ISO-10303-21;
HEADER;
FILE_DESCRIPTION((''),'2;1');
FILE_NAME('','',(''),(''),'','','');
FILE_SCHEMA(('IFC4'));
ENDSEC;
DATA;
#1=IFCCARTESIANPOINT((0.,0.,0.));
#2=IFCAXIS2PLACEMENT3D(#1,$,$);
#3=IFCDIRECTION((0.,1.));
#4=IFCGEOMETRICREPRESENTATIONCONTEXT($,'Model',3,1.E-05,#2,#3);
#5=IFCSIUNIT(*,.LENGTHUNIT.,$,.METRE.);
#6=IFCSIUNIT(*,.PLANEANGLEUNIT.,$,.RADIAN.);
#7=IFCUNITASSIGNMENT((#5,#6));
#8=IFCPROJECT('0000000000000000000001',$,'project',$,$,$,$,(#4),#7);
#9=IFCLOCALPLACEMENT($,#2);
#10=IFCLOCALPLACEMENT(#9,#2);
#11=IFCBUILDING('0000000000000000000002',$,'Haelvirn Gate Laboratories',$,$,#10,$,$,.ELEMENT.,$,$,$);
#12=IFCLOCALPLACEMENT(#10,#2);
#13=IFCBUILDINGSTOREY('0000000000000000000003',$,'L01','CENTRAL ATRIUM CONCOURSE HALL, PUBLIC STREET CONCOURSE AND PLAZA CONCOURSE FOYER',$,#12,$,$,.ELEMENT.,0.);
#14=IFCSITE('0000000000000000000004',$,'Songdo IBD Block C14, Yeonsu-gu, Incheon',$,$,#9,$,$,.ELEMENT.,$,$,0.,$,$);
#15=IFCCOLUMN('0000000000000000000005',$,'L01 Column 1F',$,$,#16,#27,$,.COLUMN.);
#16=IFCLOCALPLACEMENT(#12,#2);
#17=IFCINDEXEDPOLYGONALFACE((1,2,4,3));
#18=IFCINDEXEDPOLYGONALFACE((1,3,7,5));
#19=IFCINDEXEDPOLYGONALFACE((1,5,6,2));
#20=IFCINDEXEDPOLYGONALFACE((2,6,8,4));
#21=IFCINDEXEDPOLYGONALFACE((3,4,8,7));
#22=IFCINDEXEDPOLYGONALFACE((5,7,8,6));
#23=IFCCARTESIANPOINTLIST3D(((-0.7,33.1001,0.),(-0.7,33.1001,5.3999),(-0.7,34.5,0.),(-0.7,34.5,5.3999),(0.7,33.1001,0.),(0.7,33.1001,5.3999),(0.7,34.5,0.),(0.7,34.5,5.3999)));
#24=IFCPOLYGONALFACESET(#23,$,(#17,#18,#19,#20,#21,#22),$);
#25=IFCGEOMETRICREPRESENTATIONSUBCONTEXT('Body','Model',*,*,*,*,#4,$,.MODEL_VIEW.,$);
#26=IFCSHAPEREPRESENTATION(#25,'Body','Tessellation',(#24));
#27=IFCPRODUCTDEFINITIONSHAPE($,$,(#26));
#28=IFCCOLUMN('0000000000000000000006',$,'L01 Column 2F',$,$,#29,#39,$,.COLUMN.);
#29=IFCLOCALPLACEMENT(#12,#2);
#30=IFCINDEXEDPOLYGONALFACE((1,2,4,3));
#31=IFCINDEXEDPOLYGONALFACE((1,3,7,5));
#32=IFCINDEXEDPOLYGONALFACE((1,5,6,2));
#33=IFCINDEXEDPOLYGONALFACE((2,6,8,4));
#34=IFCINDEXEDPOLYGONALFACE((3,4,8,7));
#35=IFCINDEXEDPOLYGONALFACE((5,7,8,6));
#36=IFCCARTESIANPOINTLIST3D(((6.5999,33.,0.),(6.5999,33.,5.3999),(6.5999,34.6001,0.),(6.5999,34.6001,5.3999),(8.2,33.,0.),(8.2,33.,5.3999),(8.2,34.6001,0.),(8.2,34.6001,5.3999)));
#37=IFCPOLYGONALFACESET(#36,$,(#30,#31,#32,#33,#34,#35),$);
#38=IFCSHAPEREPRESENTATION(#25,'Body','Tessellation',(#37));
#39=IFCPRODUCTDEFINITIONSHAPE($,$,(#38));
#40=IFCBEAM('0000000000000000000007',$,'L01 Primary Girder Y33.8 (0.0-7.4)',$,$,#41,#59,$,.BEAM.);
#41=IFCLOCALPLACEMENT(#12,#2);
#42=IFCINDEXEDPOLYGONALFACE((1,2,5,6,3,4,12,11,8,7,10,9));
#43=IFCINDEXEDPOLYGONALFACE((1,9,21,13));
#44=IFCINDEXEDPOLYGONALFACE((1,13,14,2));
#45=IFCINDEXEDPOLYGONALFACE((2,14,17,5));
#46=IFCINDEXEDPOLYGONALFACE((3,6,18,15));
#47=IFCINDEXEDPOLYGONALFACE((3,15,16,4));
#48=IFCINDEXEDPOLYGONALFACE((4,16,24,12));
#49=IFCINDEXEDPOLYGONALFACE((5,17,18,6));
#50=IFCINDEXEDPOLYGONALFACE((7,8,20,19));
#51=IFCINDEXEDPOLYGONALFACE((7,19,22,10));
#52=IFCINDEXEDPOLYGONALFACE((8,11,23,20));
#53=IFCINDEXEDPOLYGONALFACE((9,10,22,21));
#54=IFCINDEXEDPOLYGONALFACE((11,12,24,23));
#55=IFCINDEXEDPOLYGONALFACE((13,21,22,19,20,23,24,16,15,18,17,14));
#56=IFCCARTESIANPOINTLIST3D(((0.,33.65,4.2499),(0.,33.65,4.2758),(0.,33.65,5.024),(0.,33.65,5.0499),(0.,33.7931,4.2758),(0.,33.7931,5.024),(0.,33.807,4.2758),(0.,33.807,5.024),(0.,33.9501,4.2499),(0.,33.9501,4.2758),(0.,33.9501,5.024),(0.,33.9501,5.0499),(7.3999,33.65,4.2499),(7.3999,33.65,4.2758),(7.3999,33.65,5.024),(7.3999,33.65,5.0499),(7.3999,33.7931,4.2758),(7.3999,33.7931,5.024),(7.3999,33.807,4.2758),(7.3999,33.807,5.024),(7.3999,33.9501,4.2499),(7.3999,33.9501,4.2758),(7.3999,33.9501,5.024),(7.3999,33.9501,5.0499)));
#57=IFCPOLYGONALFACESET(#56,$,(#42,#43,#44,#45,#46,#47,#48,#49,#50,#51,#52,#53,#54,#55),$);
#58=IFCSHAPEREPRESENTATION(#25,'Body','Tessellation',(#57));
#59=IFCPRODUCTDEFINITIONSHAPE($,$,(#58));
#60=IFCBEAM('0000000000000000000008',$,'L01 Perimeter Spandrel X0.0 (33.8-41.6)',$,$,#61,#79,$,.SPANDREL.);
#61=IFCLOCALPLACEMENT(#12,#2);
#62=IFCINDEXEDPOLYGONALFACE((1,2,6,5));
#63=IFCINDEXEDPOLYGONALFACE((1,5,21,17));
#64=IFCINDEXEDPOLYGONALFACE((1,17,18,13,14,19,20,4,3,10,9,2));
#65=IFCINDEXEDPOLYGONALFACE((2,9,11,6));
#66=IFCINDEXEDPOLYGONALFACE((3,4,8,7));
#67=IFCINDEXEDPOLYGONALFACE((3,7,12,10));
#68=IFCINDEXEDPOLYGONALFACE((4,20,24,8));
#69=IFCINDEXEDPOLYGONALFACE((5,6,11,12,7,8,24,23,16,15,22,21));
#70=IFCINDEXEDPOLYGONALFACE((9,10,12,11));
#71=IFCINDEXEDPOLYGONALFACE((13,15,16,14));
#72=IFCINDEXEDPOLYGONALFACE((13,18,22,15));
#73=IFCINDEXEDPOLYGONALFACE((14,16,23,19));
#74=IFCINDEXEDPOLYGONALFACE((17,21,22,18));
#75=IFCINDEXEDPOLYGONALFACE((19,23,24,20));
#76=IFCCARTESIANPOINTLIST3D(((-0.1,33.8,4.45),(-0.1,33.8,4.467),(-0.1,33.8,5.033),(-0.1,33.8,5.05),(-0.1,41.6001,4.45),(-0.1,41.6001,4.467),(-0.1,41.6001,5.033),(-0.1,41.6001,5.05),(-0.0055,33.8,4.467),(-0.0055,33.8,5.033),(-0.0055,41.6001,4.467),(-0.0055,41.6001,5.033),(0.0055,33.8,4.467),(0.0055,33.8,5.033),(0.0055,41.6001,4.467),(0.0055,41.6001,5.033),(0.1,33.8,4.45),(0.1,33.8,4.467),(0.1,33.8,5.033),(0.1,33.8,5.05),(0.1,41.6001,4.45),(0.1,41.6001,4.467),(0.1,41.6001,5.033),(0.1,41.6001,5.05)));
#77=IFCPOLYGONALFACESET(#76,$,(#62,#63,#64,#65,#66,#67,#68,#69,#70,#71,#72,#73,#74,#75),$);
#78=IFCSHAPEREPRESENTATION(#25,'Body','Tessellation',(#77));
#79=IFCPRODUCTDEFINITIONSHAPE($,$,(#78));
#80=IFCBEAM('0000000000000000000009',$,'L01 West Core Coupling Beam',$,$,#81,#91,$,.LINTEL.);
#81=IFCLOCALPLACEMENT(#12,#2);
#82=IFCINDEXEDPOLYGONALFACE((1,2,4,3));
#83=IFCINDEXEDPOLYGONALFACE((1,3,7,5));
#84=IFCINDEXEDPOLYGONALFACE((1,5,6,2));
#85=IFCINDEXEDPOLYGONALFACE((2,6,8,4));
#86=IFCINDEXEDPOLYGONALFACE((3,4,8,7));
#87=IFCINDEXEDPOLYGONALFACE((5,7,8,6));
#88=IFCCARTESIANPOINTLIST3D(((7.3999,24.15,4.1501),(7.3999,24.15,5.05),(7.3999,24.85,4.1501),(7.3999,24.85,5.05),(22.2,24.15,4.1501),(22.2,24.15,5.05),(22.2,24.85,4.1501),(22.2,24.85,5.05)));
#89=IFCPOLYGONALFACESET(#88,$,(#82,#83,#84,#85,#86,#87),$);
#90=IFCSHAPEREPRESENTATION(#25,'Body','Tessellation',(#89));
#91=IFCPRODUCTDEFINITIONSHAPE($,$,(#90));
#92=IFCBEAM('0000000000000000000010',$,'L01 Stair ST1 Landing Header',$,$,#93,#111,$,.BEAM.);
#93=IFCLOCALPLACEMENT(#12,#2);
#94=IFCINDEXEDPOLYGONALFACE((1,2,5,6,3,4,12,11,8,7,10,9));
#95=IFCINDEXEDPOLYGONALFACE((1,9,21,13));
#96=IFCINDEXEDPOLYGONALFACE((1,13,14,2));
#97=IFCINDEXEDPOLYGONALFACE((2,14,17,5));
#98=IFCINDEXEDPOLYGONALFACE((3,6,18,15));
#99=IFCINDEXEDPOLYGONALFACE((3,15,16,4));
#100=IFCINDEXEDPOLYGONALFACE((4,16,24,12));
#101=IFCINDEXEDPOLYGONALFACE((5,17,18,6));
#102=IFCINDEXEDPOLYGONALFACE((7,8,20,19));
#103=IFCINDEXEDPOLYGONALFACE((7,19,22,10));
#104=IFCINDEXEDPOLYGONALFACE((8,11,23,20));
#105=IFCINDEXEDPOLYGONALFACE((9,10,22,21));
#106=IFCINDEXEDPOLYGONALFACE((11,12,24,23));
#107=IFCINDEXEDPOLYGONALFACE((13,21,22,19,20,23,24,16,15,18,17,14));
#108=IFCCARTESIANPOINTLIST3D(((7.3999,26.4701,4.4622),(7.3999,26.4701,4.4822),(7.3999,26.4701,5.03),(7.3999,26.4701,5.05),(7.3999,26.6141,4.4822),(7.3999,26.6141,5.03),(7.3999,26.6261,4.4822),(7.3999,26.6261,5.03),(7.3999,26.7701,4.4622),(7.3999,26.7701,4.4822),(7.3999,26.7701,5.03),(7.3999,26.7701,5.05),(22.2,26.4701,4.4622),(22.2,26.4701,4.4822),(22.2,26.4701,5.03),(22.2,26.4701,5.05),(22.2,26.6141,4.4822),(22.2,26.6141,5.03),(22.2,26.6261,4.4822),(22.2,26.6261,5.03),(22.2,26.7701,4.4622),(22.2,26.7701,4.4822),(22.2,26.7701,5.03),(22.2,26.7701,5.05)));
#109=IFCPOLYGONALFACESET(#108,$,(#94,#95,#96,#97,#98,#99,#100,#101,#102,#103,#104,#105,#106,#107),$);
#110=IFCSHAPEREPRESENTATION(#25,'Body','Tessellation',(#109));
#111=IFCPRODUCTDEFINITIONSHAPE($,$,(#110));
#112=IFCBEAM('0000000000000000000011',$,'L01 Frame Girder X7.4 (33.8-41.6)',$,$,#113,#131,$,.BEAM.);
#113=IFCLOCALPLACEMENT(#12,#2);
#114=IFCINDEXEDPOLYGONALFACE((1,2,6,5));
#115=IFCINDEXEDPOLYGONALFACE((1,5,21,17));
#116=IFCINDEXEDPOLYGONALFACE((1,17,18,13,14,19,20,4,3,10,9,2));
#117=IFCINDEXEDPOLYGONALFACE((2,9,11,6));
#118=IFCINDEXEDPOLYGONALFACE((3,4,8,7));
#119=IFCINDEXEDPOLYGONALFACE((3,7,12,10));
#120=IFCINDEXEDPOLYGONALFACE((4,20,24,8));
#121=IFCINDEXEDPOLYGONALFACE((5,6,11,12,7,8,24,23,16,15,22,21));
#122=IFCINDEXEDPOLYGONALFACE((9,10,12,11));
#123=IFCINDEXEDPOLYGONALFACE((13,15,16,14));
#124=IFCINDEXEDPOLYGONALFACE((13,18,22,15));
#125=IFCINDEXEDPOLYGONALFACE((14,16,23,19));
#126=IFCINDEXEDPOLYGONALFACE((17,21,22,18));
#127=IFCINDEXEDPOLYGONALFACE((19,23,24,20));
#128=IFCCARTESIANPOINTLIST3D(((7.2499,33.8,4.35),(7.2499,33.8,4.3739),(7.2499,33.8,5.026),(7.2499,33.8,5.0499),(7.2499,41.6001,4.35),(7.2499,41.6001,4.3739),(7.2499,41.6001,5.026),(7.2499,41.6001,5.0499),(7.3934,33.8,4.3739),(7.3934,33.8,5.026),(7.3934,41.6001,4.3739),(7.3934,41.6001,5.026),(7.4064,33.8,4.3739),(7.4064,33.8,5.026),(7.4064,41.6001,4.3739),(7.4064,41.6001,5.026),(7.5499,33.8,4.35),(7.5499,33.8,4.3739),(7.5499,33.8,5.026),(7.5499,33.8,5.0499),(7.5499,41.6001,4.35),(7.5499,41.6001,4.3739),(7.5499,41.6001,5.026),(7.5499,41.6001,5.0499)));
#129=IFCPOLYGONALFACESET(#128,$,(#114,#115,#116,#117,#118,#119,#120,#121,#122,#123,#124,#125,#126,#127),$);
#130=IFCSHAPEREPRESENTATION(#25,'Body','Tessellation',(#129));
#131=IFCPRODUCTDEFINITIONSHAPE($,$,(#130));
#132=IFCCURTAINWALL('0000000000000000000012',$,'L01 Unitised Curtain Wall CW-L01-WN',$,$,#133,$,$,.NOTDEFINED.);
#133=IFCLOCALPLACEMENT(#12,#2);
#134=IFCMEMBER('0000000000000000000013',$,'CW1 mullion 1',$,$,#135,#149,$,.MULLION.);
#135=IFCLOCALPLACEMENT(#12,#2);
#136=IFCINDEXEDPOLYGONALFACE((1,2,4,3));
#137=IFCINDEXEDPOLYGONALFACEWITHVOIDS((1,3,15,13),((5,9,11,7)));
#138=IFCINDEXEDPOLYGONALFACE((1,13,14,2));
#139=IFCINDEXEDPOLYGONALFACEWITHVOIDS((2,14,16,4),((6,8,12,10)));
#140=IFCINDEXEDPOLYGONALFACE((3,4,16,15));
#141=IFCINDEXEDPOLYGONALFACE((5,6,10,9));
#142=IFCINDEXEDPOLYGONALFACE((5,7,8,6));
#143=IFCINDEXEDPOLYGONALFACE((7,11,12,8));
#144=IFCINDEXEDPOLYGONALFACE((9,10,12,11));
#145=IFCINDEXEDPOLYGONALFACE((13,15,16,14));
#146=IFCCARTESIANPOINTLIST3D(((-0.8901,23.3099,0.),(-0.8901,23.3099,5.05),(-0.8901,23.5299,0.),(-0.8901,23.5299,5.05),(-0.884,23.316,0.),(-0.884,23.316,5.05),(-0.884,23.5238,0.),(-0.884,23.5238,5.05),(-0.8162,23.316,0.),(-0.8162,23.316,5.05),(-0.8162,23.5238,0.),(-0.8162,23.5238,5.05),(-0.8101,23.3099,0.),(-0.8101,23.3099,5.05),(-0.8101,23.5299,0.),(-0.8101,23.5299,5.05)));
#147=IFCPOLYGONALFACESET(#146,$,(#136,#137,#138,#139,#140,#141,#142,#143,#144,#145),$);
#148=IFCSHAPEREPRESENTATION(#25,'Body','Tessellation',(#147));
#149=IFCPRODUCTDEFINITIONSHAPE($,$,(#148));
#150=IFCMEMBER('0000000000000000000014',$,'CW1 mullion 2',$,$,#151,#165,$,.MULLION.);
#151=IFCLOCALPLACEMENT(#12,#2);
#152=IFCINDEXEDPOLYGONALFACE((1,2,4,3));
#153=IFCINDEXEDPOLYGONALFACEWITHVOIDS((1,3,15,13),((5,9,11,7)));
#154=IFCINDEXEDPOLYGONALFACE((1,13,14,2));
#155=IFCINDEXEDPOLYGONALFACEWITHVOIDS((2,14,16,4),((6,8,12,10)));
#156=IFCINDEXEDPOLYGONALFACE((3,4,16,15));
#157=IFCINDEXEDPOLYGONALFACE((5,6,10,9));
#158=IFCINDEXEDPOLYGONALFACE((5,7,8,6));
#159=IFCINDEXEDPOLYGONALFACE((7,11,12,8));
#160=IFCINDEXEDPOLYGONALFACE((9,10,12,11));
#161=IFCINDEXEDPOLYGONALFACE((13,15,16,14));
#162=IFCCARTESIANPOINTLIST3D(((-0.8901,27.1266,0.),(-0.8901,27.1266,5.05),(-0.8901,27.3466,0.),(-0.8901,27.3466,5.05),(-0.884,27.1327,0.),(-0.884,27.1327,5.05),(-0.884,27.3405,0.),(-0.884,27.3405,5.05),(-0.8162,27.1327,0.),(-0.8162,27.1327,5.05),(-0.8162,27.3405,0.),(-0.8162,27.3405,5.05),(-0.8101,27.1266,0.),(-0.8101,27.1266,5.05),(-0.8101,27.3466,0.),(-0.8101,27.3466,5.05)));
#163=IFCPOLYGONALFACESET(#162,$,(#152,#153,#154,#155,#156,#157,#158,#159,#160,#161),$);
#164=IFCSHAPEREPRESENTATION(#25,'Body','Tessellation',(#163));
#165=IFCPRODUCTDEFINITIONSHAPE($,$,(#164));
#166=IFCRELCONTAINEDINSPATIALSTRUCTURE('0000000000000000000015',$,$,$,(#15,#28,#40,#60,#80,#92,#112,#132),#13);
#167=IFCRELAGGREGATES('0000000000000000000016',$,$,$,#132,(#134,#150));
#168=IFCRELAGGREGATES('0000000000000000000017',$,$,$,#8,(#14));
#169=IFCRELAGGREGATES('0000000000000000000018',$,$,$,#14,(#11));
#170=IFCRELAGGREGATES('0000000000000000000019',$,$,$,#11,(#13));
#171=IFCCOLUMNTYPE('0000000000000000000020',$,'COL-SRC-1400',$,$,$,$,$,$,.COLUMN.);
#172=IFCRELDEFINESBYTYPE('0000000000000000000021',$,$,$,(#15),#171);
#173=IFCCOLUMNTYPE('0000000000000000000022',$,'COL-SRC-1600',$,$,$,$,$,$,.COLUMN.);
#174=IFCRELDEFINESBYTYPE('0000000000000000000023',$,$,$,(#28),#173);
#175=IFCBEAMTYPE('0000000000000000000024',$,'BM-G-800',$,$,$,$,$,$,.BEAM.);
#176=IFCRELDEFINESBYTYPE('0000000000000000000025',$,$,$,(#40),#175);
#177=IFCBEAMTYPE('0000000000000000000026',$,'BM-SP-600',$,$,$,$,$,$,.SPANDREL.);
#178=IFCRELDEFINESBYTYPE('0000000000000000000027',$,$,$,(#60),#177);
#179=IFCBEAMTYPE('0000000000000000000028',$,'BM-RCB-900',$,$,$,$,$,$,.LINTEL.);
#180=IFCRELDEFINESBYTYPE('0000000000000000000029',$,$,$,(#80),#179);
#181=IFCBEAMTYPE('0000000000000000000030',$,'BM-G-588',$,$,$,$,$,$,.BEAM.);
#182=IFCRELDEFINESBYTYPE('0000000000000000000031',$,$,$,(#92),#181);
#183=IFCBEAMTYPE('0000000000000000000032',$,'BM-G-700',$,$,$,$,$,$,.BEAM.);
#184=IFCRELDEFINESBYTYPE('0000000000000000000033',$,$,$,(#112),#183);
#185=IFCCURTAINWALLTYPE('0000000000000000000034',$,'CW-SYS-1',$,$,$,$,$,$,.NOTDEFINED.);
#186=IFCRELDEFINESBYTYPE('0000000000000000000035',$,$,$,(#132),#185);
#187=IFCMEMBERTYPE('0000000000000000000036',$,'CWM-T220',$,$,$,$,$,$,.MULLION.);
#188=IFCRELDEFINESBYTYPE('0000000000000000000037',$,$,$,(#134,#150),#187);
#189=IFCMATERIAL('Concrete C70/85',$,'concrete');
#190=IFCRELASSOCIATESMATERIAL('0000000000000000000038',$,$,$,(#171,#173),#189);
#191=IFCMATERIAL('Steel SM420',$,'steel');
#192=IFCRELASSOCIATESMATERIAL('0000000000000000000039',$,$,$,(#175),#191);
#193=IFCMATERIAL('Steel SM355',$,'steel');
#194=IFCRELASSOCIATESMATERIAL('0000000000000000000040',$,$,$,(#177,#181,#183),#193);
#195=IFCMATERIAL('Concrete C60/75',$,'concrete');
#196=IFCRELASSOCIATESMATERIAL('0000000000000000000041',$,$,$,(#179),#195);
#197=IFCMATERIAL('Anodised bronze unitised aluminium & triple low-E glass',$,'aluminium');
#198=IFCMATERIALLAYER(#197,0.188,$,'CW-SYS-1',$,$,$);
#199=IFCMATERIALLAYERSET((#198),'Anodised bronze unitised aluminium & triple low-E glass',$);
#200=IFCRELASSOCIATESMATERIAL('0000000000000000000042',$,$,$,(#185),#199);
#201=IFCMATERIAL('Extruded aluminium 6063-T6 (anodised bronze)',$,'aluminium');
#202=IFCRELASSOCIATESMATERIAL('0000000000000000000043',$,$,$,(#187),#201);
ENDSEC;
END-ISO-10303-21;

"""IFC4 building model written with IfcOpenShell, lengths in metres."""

from ifc_helpers import new_model, si_unit, direction, frame, origin, origin_2d, place, context, subcontext, project, spatial, rectangle, hollow_rectangle, i_section, extrude, source, transform, mapped, material, layer, layer_set, material_profile, profile_set, type_object, type_shapes, element, aggregate, save


model = new_model("IFC4")

# Units and contexts
model_context = context("Model", 3, precision=1e-05, world=origin(), true_north=direction((0.0, 1.0)))
body_context = subcontext(model_context, "Body", "Model", "MODEL_VIEW")
ifc_project = project(units=[si_unit("LENGTHUNIT", "METRE"), si_unit("PLANEANGLEUNIT", "RADIAN")], contexts=[model_context])

# Site, building, storey
site_placement = place(None, origin())
site = spatial("IfcSite", under=ifc_project, at=site_placement, Name="Songdo IBD Block C14, Yeonsu-gu, Incheon", CompositionType="ELEMENT", RefElevation=0.0)
building_placement = place(site_placement, origin())
building = spatial("IfcBuilding", under=site, at=building_placement, Name="Haelvirn Gate Laboratories", CompositionType="ELEMENT")
storey_placement = place(building_placement, origin())
storey = spatial("IfcBuildingStorey", under=building, at=storey_placement, Name="L01", Description="CENTRAL ATRIUM CONCOURSE HALL, PUBLIC STREET CONCOURSE AND PLAZA CONCOURSE FOYER", CompositionType="ELEMENT", Elevation=0.0)

# Columns
ifc_material_1 = material(Name="Concrete C70/85", Category="concrete")
ifc_material_profile_1 = material_profile(ifc_material_1, rectangle(XDim=1.3999, YDim=1.3999, at=origin_2d()), Name="SRC-1400x1400")
ifc_profile_set_1 = profile_set([ifc_material_profile_1], Name="Concrete C70/85")
column_type_1 = type_object("IfcColumnType", Name="COL-SRC-1400", PredefinedType="COLUMN", material=ifc_profile_set_1)
shared_shape_1 = source(origin(), body_context, "Body", "SweptSolid", [
    extrude(rectangle(XDim=1.3999, YDim=1.3999, at=origin_2d()), origin(), (0.0, 0.0, 1.0), 5.3999),
])
type_shapes(column_type_1, [shared_shape_1])
column_1_placement = place(storey_placement, frame((0.0, 33.8, 0.0), z_axis=(0.0, 0.0, 1.0), x_axis=(1.0, 0.0, 0.0)))
element("IfcColumn", 1, at=column_1_placement, inside=storey, type_object=column_type_1, Name="L01 Column 1F", PredefinedType="COLUMN", context=body_context, shape_type="MappedRepresentation", body=[
    mapped(shared_shape_1, transform((0.0, 0.0, 0.0), scale=1.0)),
])
ifc_material_profile_2 = material_profile(ifc_material_1, rectangle(XDim=1.6001, YDim=1.6001, at=origin_2d()), Name="SRC-1600x1600")
ifc_profile_set_2 = profile_set([ifc_material_profile_2], Name="Concrete C70/85")
column_type_2 = type_object("IfcColumnType", Name="COL-SRC-1600", PredefinedType="COLUMN", material=ifc_profile_set_2)
shared_shape_2 = source(origin(), body_context, "Body", "SweptSolid", [
    extrude(rectangle(XDim=1.6001, YDim=1.6001, at=origin_2d()), origin(), (0.0, 0.0, 1.0), 5.3999),
])
type_shapes(column_type_2, [shared_shape_2])
column_2_placement = place(storey_placement, frame((7.3999, 33.8, 0.0), z_axis=(0.0, 0.0, 1.0), x_axis=(1.0, 0.0, 0.0)))
element("IfcColumn", 2, at=column_2_placement, inside=storey, type_object=column_type_2, Name="L01 Column 2F", PredefinedType="COLUMN", context=body_context, shape_type="MappedRepresentation", body=[
    mapped(shared_shape_2, transform((0.0, 0.0, 0.0), scale=1.0)),
])

# Beams
ifc_material_2 = material(Name="Steel SM420", Category="steel")
ifc_material_profile_3 = material_profile(ifc_material_2, i_section(OverallWidth=0.3, OverallDepth=0.8, WebThickness=0.0139, FlangeThickness=0.0259, at=origin_2d()), Name="H-800x300x14x26")
ifc_profile_set_3 = profile_set([ifc_material_profile_3], Name="Steel SM420")
beam_type_1 = type_object("IfcBeamType", Name="BM-G-800", PredefinedType="BEAM", material=ifc_profile_set_3)
shared_shape_3 = source(origin(), body_context, "Body", "SweptSolid", [
    extrude(i_section(OverallWidth=0.3, OverallDepth=0.8, WebThickness=0.0139, FlangeThickness=0.0259, at=origin_2d()), origin(), (0.0, 0.0, 1.0), 7.3999),
])
type_shapes(beam_type_1, [shared_shape_3])
beam_1_placement = place(storey_placement, frame((0.0, 33.8, 4.6499), z_axis=(1.0, 0.0, 0.0), x_axis=(0.0, 1.0, 0.0)))
element("IfcBeam", 3, at=beam_1_placement, inside=storey, type_object=beam_type_1, Name="L01 Primary Girder Y33.8 (0.0-7.4)", PredefinedType="BEAM", context=body_context, shape_type="MappedRepresentation", body=[
    mapped(shared_shape_3, transform((0.0, 0.0, 0.0), scale=1.0)),
])
ifc_material_3 = material(Name="Steel SM355", Category="steel")
ifc_material_profile_4 = material_profile(ifc_material_3, i_section(OverallWidth=0.2, OverallDepth=0.6001, WebThickness=0.011, FlangeThickness=0.0171, at=origin_2d()), Name="H-600x200x11x17")
ifc_profile_set_4 = profile_set([ifc_material_profile_4], Name="Steel SM355")
beam_type_2 = type_object("IfcBeamType", Name="BM-SP-600", PredefinedType="SPANDREL", material=ifc_profile_set_4)
shared_shape_4 = source(origin(), body_context, "Body", "SweptSolid", [
    extrude(i_section(OverallWidth=0.2, OverallDepth=0.6001, WebThickness=0.011, FlangeThickness=0.0171, at=origin_2d()), origin(), (0.0, 0.0, 1.0), 7.8),
])
type_shapes(beam_type_2, [shared_shape_4])
beam_2_placement = place(storey_placement, frame((0.0, 33.8, 4.75), z_axis=(0.0, 1.0, 0.0), x_axis=(-1.0, 0.0, 0.0)))
element("IfcBeam", 4, at=beam_2_placement, inside=storey, type_object=beam_type_2, Name="L01 Perimeter Spandrel X0.0 (33.8-41.6)", PredefinedType="SPANDREL", context=body_context, shape_type="MappedRepresentation", body=[
    mapped(shared_shape_4, transform((0.0, 0.0, 0.0), scale=1.0)),
])
ifc_material_4 = material(Name="Concrete C60/75", Category="concrete")
ifc_material_profile_5 = material_profile(ifc_material_4, rectangle(XDim=0.7, YDim=0.8999, at=origin_2d()), Name="RCB-700x900")
ifc_profile_set_5 = profile_set([ifc_material_profile_5], Name="Concrete C60/75")
beam_type_3 = type_object("IfcBeamType", Name="BM-RCB-900", PredefinedType="LINTEL", material=ifc_profile_set_5)
shared_shape_5 = source(origin(), body_context, "Body", "SweptSolid", [
    extrude(rectangle(XDim=0.7, YDim=0.8999, at=origin_2d()), origin(), (0.0, 0.0, 1.0), 14.8),
])
type_shapes(beam_type_3, [shared_shape_5])
beam_3_placement = place(storey_placement, frame((7.3999, 24.5, 4.6001), z_axis=(1.0, 0.0, 0.0), x_axis=(0.0, 1.0, 0.0)))
element("IfcBeam", 5, at=beam_3_placement, inside=storey, type_object=beam_type_3, Name="L01 West Core Coupling Beam", PredefinedType="LINTEL", context=body_context, shape_type="MappedRepresentation", body=[
    mapped(shared_shape_5, transform((0.0, 0.0, 0.0), scale=1.0)),
])
ifc_material_profile_6 = material_profile(ifc_material_3, i_section(OverallWidth=0.3, OverallDepth=0.5879, WebThickness=0.012, FlangeThickness=0.02, at=origin_2d()), Name="H-588x300x12x20")
ifc_profile_set_6 = profile_set([ifc_material_profile_6], Name="Steel SM355")
beam_type_4 = type_object("IfcBeamType", Name="BM-G-588", PredefinedType="BEAM", material=ifc_profile_set_6)
shared_shape_6 = source(origin(), body_context, "Body", "SweptSolid", [
    extrude(i_section(OverallWidth=0.3, OverallDepth=0.5879, WebThickness=0.012, FlangeThickness=0.02, at=origin_2d()), origin(), (0.0, 0.0, 1.0), 14.8),
])
type_shapes(beam_type_4, [shared_shape_6])
beam_4_placement = place(storey_placement, frame((7.3999, 26.6201, 4.7561), z_axis=(1.0, 0.0, 0.0), x_axis=(0.0, 1.0, 0.0)))
element("IfcBeam", 6, at=beam_4_placement, inside=storey, type_object=beam_type_4, Name="L01 Stair ST1 Landing Header", PredefinedType="BEAM", context=body_context, shape_type="MappedRepresentation", body=[
    mapped(shared_shape_6, transform((0.0, 0.0, 0.0), scale=1.0)),
])
ifc_material_profile_7 = material_profile(ifc_material_3, i_section(OverallWidth=0.3, OverallDepth=0.7, WebThickness=0.0129, FlangeThickness=0.0239, at=origin_2d()), Name="H-700x300x13x24")
ifc_profile_set_7 = profile_set([ifc_material_profile_7], Name="Steel SM355")
beam_type_5 = type_object("IfcBeamType", Name="BM-G-700", PredefinedType="BEAM", material=ifc_profile_set_7)
shared_shape_7 = source(origin(), body_context, "Body", "SweptSolid", [
    extrude(i_section(OverallWidth=0.3, OverallDepth=0.7, WebThickness=0.0129, FlangeThickness=0.0239, at=origin_2d()), origin(), (0.0, 0.0, 1.0), 7.8),
])
type_shapes(beam_type_5, [shared_shape_7])
beam_5_placement = place(storey_placement, frame((7.3999, 33.8, 4.7), z_axis=(0.0, 1.0, 0.0), x_axis=(-1.0, 0.0, 0.0)))
element("IfcBeam", 7, at=beam_5_placement, inside=storey, type_object=beam_type_5, Name="L01 Frame Girder X7.4 (33.8-41.6)", PredefinedType="BEAM", context=body_context, shape_type="MappedRepresentation", body=[
    mapped(shared_shape_7, transform((0.0, 0.0, 0.0), scale=1.0)),
])

# Curtain wall, members
ifc_material_5 = material(Name="Anodised bronze unitised aluminium & triple low-E glass", Category="aluminium")
ifc_layer_1 = layer(ifc_material_5, 0.188, Name="CW-SYS-1")
ifc_layer_set_1 = layer_set([ifc_layer_1], Name="Anodised bronze unitised aluminium & triple low-E glass")
curtain_wall_type = type_object("IfcCurtainWallType", Name="CW-SYS-1", PredefinedType="NOTDEFINED", material=ifc_layer_set_1)
curtain_wall_placement = place(storey_placement, origin())
curtain_wall = element("IfcCurtainWall", 8, at=curtain_wall_placement, inside=storey, type_object=curtain_wall_type, Name="L01 Unitised Curtain Wall CW-L01-WN", PredefinedType="NOTDEFINED")
ifc_material_6 = material(Name="Extruded aluminium 6063-T6 (anodised bronze)", Category="aluminium")
ifc_material_profile_8 = material_profile(ifc_material_6, hollow_rectangle(XDim=0.0801, YDim=0.22, WallThickness=0.0061, at=origin_2d()), Name="CWM-220x80x6")
ifc_profile_set_8 = profile_set([ifc_material_profile_8], Name="Extruded aluminium 6063-T6 (anodised bronze)")
member_type_1 = type_object("IfcMemberType", Name="CWM-T220", PredefinedType="MULLION", material=ifc_profile_set_8)
shared_shape_8 = source(origin(), body_context, "Body", "SweptSolid", [
    extrude(hollow_rectangle(XDim=0.0801, YDim=0.22, WallThickness=0.0061, at=origin_2d()), origin(), (0.0, 0.0, 1.0), 5.05),
])
type_shapes(member_type_1, [shared_shape_8])
member_1_placement = place(storey_placement, frame((-0.8501, 23.4199, 0.0), z_axis=(0.0, 0.0, 1.0), x_axis=(-1.0, 0.0, 0.0)))
member_1 = element("IfcMember", 9, at=member_1_placement, type_object=member_type_1, Name="CW1 mullion 1", PredefinedType="MULLION", context=body_context, shape_type="MappedRepresentation", body=[
    mapped(shared_shape_8, transform((0.0, 0.0, 0.0), scale=1.0)),
])
member_2_placement = place(storey_placement, frame((-0.8501, 27.2366, 0.0), z_axis=(0.0, 0.0, 1.0), x_axis=(-1.0, 0.0, 0.0)))
member_2 = element("IfcMember", 10, at=member_2_placement, type_object=member_type_1, Name="CW1 mullion 2", PredefinedType="MULLION", context=body_context, shape_type="MappedRepresentation", body=[
    mapped(shared_shape_8, transform((0.0, 0.0, 0.0), scale=1.0)),
])
aggregate(curtain_wall, [member_1, member_2])

save(model, "model.ifc")
